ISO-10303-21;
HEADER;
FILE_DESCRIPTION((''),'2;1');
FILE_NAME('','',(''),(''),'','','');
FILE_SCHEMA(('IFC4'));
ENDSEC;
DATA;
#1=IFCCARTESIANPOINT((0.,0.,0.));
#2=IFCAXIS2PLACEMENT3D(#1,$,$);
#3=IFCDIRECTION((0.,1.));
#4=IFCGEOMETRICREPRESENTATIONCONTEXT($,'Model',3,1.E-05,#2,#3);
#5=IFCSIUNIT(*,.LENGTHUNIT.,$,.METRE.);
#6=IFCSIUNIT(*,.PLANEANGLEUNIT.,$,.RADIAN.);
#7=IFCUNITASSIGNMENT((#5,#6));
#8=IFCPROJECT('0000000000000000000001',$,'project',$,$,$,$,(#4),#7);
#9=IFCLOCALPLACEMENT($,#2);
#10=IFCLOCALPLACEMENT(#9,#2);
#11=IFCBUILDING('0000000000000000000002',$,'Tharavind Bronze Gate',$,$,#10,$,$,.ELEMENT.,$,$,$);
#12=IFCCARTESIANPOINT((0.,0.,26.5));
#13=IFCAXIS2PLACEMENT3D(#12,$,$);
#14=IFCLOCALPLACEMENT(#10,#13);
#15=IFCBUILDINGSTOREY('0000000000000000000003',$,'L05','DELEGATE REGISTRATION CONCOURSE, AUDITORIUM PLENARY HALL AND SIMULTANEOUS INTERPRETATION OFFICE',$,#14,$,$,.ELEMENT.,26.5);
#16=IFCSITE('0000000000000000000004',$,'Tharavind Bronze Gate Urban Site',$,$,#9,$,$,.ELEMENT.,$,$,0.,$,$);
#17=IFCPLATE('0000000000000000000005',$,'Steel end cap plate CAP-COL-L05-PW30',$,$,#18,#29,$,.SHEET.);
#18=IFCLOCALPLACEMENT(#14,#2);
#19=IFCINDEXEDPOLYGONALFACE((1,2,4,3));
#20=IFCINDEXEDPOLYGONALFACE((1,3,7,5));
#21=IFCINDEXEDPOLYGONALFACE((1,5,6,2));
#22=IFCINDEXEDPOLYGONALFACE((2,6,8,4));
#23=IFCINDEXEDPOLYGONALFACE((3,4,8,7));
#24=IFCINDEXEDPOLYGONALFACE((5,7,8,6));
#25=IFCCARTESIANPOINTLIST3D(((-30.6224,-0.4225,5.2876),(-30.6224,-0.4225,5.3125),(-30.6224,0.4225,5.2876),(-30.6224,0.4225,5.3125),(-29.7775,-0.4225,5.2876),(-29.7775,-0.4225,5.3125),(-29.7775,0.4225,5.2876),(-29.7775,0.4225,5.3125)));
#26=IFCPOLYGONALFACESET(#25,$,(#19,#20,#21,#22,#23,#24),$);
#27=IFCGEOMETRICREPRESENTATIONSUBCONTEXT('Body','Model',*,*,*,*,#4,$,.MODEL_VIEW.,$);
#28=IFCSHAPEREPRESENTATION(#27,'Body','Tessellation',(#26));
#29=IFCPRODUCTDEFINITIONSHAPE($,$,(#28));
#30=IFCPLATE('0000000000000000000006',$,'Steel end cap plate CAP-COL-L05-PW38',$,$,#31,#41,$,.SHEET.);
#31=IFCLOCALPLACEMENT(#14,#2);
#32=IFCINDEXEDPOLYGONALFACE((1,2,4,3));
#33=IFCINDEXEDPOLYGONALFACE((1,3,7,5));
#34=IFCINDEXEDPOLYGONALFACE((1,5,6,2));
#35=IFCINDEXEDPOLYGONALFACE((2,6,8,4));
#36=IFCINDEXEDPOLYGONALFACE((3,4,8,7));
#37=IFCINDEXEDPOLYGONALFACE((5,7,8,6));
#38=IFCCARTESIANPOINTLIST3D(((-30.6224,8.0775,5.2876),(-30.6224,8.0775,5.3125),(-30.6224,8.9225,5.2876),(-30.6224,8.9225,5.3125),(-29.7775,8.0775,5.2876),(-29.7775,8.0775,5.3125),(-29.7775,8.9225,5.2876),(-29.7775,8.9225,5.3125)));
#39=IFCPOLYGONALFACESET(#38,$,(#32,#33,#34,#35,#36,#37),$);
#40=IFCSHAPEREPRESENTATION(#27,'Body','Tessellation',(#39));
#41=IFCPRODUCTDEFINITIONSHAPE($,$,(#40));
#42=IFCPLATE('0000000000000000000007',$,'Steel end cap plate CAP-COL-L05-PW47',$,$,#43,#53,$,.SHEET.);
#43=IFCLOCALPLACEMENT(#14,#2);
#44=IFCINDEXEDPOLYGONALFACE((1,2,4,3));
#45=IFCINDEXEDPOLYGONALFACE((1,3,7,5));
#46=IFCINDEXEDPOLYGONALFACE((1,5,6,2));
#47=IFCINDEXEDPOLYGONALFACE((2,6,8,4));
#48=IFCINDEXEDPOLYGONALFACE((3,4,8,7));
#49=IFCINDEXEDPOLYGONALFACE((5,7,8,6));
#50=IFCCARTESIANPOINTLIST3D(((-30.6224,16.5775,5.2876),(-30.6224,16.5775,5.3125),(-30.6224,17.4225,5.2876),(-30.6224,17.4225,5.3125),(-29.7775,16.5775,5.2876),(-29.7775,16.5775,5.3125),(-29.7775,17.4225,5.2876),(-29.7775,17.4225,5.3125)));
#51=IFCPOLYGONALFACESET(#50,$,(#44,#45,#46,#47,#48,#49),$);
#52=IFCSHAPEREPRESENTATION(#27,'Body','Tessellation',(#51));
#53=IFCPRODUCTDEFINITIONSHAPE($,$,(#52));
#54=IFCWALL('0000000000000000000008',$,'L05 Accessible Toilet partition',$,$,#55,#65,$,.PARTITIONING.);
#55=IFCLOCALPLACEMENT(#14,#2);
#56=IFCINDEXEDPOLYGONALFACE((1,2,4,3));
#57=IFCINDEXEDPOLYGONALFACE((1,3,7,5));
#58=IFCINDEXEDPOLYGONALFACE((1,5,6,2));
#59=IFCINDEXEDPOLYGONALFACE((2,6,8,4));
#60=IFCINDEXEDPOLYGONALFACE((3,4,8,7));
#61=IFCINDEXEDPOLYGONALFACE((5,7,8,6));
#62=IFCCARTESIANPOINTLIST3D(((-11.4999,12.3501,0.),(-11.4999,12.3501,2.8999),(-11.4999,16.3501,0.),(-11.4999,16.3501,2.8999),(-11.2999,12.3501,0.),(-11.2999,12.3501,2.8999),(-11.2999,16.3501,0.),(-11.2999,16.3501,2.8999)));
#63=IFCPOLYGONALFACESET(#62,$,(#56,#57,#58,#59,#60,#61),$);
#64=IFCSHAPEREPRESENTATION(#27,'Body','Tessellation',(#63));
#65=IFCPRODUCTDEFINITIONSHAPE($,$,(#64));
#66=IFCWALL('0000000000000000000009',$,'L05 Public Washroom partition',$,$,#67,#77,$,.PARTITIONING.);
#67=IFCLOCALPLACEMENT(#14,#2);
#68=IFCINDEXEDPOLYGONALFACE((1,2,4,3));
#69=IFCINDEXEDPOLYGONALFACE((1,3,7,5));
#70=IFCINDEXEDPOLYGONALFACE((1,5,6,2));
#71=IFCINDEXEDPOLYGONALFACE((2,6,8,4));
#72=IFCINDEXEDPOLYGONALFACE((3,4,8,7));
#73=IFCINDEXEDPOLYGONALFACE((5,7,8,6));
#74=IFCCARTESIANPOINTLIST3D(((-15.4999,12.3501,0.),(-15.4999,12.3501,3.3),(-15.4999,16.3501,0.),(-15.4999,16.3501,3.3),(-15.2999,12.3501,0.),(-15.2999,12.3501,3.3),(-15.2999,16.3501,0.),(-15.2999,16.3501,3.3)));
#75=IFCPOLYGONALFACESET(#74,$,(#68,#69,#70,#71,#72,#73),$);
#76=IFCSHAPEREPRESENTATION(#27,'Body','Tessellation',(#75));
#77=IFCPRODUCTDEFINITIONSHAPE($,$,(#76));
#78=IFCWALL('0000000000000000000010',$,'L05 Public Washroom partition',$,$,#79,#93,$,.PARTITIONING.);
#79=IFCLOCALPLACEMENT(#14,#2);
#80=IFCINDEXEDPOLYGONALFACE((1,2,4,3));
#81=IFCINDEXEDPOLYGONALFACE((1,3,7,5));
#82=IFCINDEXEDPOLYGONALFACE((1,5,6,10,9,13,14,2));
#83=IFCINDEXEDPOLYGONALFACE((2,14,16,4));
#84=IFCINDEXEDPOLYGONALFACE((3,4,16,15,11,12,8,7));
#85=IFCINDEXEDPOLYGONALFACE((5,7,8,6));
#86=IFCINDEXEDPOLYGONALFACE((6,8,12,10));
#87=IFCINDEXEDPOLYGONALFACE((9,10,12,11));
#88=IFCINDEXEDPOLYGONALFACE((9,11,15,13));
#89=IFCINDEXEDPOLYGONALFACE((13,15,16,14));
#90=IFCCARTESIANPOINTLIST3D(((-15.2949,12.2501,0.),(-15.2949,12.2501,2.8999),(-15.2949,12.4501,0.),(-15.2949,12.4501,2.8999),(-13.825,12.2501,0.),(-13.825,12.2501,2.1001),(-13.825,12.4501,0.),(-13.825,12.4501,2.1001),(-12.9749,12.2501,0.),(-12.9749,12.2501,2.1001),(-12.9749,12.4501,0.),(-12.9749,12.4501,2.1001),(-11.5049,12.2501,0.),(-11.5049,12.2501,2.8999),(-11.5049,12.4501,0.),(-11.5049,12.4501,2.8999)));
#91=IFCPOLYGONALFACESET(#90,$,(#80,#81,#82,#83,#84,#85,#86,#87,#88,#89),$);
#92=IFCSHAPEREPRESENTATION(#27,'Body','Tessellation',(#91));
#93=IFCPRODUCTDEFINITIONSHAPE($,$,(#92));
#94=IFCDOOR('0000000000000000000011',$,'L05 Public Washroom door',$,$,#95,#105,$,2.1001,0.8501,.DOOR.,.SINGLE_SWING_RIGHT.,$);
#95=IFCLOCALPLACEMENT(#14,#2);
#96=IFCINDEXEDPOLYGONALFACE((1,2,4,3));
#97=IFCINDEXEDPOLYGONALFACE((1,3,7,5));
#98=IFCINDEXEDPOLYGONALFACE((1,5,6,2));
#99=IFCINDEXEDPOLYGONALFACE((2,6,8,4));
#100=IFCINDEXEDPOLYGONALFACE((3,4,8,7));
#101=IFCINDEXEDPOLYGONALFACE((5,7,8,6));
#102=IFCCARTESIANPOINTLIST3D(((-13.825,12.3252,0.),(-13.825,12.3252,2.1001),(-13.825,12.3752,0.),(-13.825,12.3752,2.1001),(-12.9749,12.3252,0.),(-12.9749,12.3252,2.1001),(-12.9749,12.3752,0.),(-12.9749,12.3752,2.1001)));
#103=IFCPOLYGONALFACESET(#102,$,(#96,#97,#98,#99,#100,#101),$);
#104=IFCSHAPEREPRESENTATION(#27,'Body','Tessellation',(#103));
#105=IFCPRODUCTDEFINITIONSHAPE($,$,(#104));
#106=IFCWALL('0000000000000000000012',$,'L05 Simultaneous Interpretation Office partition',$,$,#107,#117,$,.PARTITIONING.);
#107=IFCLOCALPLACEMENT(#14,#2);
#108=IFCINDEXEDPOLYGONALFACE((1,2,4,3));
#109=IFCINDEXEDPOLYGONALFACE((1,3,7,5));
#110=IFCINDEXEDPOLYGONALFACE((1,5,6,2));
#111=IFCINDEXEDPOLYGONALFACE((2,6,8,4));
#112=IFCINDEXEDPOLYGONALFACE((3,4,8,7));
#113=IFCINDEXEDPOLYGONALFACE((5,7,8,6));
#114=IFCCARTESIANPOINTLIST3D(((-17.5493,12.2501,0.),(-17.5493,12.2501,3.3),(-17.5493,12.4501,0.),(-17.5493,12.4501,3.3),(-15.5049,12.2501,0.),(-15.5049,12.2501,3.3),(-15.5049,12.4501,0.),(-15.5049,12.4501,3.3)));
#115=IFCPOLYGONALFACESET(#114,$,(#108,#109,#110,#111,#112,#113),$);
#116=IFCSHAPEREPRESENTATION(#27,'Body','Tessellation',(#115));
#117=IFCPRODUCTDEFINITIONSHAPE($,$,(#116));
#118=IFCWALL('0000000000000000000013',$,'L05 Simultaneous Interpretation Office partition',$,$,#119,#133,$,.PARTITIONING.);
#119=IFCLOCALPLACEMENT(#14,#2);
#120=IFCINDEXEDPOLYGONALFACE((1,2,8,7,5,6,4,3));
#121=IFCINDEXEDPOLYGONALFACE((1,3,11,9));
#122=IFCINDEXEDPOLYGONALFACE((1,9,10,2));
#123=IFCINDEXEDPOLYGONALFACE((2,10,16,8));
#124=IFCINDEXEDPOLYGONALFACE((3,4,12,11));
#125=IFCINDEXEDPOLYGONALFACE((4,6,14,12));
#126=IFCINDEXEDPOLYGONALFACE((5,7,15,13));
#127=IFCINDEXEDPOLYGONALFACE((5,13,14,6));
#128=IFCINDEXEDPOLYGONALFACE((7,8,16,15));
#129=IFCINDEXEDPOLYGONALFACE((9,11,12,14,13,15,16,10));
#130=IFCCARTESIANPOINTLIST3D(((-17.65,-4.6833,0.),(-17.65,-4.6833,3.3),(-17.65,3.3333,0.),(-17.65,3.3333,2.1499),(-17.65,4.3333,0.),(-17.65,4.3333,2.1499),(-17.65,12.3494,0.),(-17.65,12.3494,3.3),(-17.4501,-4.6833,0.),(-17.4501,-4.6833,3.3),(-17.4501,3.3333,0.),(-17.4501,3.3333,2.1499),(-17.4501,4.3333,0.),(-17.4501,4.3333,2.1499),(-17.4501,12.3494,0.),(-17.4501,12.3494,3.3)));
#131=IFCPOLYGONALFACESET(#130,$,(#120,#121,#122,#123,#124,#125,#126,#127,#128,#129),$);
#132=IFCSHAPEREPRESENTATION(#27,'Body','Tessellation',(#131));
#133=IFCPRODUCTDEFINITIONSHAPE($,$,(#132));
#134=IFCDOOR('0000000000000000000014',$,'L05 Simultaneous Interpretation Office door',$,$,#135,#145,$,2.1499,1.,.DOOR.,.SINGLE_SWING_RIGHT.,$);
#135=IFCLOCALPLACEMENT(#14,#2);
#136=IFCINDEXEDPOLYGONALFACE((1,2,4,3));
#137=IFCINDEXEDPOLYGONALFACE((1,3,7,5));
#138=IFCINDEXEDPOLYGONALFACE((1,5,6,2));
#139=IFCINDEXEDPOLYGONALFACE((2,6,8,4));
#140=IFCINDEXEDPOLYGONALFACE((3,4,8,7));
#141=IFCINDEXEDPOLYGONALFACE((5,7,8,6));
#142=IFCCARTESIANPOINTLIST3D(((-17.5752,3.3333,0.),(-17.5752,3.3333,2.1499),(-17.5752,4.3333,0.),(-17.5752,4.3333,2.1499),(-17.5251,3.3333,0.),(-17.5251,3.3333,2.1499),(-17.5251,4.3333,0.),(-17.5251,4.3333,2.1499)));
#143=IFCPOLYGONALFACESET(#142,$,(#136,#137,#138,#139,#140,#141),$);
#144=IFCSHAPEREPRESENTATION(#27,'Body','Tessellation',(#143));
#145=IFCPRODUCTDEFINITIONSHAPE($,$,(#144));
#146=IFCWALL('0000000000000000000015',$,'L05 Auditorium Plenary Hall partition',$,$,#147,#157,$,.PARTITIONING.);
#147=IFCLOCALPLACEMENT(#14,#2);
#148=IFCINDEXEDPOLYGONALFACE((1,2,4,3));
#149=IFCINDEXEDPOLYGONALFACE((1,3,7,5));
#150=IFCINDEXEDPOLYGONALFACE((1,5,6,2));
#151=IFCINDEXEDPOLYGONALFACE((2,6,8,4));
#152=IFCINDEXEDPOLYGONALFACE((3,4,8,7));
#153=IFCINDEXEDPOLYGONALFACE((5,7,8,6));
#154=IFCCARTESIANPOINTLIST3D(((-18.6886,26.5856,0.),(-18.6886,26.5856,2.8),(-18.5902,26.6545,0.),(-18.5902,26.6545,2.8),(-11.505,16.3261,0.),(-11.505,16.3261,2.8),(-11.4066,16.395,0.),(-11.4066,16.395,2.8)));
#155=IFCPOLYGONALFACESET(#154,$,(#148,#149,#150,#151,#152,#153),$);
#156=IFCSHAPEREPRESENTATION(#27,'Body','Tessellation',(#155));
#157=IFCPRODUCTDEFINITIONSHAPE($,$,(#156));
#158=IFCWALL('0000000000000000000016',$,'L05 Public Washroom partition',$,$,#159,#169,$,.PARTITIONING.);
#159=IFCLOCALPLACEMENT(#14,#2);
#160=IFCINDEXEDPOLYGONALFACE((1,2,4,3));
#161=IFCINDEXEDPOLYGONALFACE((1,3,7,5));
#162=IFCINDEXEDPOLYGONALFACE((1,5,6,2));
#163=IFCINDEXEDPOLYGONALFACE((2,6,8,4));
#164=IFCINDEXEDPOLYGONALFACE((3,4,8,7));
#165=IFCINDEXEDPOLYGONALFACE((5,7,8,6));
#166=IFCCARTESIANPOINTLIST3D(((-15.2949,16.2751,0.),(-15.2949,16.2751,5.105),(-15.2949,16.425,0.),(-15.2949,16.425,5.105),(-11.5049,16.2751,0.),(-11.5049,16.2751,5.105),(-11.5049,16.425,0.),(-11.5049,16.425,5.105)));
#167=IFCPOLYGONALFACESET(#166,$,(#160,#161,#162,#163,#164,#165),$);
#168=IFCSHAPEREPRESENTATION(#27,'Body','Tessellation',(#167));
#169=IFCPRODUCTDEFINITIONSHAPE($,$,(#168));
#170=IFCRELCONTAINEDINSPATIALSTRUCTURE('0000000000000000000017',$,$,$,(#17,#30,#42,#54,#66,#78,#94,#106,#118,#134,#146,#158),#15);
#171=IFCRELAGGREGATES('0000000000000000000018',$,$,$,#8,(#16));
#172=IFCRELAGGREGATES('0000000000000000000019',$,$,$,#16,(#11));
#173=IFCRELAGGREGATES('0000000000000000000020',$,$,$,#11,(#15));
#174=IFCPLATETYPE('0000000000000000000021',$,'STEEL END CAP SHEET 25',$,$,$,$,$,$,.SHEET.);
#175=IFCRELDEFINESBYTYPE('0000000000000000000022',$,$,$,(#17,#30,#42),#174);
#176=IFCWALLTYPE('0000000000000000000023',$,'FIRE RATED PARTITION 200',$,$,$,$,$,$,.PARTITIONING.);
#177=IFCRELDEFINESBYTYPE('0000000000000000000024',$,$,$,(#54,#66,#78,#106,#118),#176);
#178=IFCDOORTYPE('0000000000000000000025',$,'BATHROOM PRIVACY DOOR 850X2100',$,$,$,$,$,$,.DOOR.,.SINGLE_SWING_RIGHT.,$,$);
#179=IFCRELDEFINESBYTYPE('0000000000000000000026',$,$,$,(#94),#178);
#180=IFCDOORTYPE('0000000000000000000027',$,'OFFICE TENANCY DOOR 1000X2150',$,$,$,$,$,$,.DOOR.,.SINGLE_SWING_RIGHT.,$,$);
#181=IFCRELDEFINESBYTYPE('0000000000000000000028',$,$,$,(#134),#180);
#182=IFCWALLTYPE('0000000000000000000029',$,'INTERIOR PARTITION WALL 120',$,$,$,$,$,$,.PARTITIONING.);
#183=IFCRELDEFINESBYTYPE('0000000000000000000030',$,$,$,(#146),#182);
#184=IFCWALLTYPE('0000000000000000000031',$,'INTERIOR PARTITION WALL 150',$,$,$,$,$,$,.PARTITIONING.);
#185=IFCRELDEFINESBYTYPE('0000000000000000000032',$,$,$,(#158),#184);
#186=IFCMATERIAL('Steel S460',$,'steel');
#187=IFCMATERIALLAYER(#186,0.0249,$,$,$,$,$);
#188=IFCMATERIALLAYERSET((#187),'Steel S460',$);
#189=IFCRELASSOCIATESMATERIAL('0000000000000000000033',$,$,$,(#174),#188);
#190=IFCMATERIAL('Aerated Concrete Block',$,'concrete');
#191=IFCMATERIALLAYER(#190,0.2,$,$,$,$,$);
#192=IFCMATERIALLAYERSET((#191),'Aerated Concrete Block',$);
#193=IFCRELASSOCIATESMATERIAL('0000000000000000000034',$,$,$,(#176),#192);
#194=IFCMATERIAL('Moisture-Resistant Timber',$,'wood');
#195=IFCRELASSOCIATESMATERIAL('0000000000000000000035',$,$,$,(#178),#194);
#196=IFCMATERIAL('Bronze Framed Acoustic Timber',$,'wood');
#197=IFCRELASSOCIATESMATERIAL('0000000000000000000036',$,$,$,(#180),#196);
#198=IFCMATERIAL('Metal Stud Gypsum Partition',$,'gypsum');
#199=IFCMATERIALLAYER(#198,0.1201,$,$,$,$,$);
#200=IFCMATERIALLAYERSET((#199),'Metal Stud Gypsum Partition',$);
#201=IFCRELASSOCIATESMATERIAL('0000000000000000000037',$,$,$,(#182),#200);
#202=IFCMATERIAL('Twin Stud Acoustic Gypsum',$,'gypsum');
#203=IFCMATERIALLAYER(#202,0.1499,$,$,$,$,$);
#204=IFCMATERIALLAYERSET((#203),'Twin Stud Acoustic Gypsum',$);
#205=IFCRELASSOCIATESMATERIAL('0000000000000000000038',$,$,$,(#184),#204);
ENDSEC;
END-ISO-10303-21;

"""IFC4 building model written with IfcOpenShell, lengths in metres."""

from ifc_helpers import new_model, si_unit, direction, frame, frame_2d, origin, origin_2d, place, context, subcontext, project, spatial, rectangle, extrude, material, layer, layer_set, type_object, element, fill, save


model = new_model("IFC4")

# Units and contexts
model_context = context("Model", 3, precision=1e-05, world=origin(), true_north=direction((0.0, 1.0)))
body_context = subcontext(model_context, "Body", "Model", "MODEL_VIEW")
ifc_project = project(units=[si_unit("LENGTHUNIT", "METRE"), si_unit("PLANEANGLEUNIT", "RADIAN")], contexts=[model_context])

# Site, building, storey
site_placement = place(None, origin())
site = spatial("IfcSite", under=ifc_project, at=site_placement, Name="Tharavind Bronze Gate Urban Site", CompositionType="ELEMENT", RefElevation=0.0)
building_placement = place(site_placement, origin())
building = spatial("IfcBuilding", under=site, at=building_placement, Name="Tharavind Bronze Gate", CompositionType="ELEMENT")
storey_placement = place(building_placement, frame((0.0, 0.0, 26.5)))
storey = spatial("IfcBuildingStorey", under=building, at=storey_placement, Name="L05", Description="DELEGATE REGISTRATION CONCOURSE, AUDITORIUM PLENARY HALL AND SIMULTANEOUS INTERPRETATION OFFICE", CompositionType="ELEMENT", Elevation=26.5)

# Shared definitions
ifc_material_1 = material(Name="Steel S460", Category="steel")

# Plates
ifc_layer_1 = layer(ifc_material_1, 0.0249)
ifc_layer_set_1 = layer_set([ifc_layer_1], Name="Steel S460")
plate_type = type_object("IfcPlateType", Name="STEEL END CAP SHEET 25", PredefinedType="SHEET", material=ifc_layer_set_1)
for number, where, z_axis, x_axis, name in (
    (1, (-30.2, 0.0, 5.2876), (0.0, 0.0, 1.0), (1.0, 0.0, 0.0), "Steel end cap plate CAP-COL-L05-PW30"),
    (2, (-30.2, 8.5, 5.2876), (0.0, 0.0, 1.0), (1.0, 0.0, 0.0), "Steel end cap plate CAP-COL-L05-PW38"),
    (3, (-30.2, 17.0, 5.2876), (0.0, 0.0, 1.0), (1.0, 0.0, 0.0), "Steel end cap plate CAP-COL-L05-PW47"),
):
    element("IfcPlate", number, at=place(storey_placement, frame(where, z_axis=z_axis, x_axis=x_axis)), inside=storey, type_object=plate_type, Name=name, PredefinedType="SHEET", context=body_context, shape_type="SweptSolid", body=[
        extrude(rectangle(XDim=0.845, YDim=0.845, at=origin_2d()), origin(), (0.0, 0.0, 1.0), 0.0249),
    ])

# Walls
ifc_material_2 = material(Name="Aerated Concrete Block", Category="concrete")
ifc_layer_2 = layer(ifc_material_2, 0.2)
ifc_layer_set_2 = layer_set([ifc_layer_2], Name="Aerated Concrete Block")
wall_type_1 = type_object("IfcWallType", Name="FIRE RATED PARTITION 200", PredefinedType="PARTITIONING", material=ifc_layer_set_2)
wall_1_placement = place(storey_placement, frame((-11.3999, 12.3501, 0.0), z_axis=(0.0, 0.0, 1.0), x_axis=(0.0, 1.0, 0.0)))
element("IfcWall", 4, at=wall_1_placement, inside=storey, type_object=wall_type_1, Name="L05 Accessible Toilet partition", PredefinedType="PARTITIONING", context=body_context, shape_type="SweptSolid", body=[
    extrude(rectangle(XDim=4.0, YDim=0.2, at=frame_2d((2.0, 0.0))), origin(), (0.0, 0.0, 1.0), 2.8999),
])
wall_2_placement = place(storey_placement, frame((-15.3999, 12.3501, 0.0), z_axis=(0.0, 0.0, 1.0), x_axis=(0.0, 1.0, 0.0)))
element("IfcWall", 5, at=wall_2_placement, inside=storey, type_object=wall_type_1, Name="L05 Public Washroom partition", PredefinedType="PARTITIONING", context=body_context, shape_type="SweptSolid", body=[
    extrude(rectangle(XDim=4.0, YDim=0.2, at=frame_2d((2.0, 0.0))), origin(), (0.0, 0.0, 1.0), 3.3),
])

# Wall, opening, door
wall_3_placement = place(storey_placement, frame((-11.5049, 12.3501, 0.0), z_axis=(0.0, 0.0, 1.0), x_axis=(-1.0, 0.0, 0.0)))
wall_3 = element("IfcWall", 6, at=wall_3_placement, inside=storey, type_object=wall_type_1, Name="L05 Public Washroom partition", PredefinedType="PARTITIONING", context=body_context, shape_type="SweptSolid", body=[
    extrude(rectangle(XDim=3.79, YDim=0.2, at=frame_2d((1.895, 0.0))), origin(), (0.0, 0.0, 1.0), 2.8999),
])
opening_1_placement = place(wall_3_placement, frame((1.47, 0.0, 0.0)))
opening_1 = element("IfcOpeningElement", 7, at=opening_1_placement, cuts=wall_3, PredefinedType="OPENING", context=body_context, shape_type="SweptSolid", body=[
    extrude(rectangle(XDim=0.8501, YDim=2.1001, at=frame_2d((0.425, 1.05))), frame((0.0, 0.1101, 0.0), z_axis=(0.0, -1.0, 0.0), x_axis=(1.0, 0.0, 0.0)), (0.0, 0.0, 1.0), 0.22),
])
ifc_material_3 = material(Name="Moisture-Resistant Timber", Category="wood")
door_type_1 = type_object("IfcDoorType", Name="BATHROOM PRIVACY DOOR 850X2100", OperationType="SINGLE_SWING_RIGHT", PredefinedType="DOOR", material=ifc_material_3)
door_1_placement = place(opening_1_placement, origin())
door_1 = element("IfcDoor", 8, at=door_1_placement, inside=storey, type_object=door_type_1, Name="L05 Public Washroom door", OperationType="SINGLE_SWING_RIGHT", OverallHeight=2.1001, OverallWidth=0.8501, PredefinedType="DOOR", context=body_context, shape_type="SweptSolid", body=[
    extrude(rectangle(XDim=0.8501, YDim=2.1001, at=frame_2d((0.425, 1.05))), frame((0.0, 0.0249, 0.0), z_axis=(0.0, -1.0, 0.0), x_axis=(1.0, 0.0, 0.0)), (0.0, 0.0, 1.0), 0.05),
])
fill(opening_1, door_1)

# Wall
wall_4_placement = place(storey_placement, frame((-15.5049, 12.3501, 0.0), z_axis=(0.0, 0.0, 1.0), x_axis=(-1.0, 0.0, 0.0)))
element("IfcWall", 9, at=wall_4_placement, inside=storey, type_object=wall_type_1, Name="L05 Simultaneous Interpretation Office partition", PredefinedType="PARTITIONING", context=body_context, shape_type="SweptSolid", body=[
    extrude(rectangle(XDim=2.0444, YDim=0.2, at=frame_2d((1.0222, 0.0))), origin(), (0.0, 0.0, 1.0), 3.3),
])

# Wall, opening, door
wall_5_placement = place(storey_placement, frame((-17.55, 12.3494, 0.0), z_axis=(0.0, 0.0, 1.0), x_axis=(0.0, -1.0, 0.0)))
wall_5 = element("IfcWall", 10, at=wall_5_placement, inside=storey, type_object=wall_type_1, Name="L05 Simultaneous Interpretation Office partition", PredefinedType="PARTITIONING", context=body_context, shape_type="SweptSolid", body=[
    extrude(rectangle(XDim=17.0327, YDim=0.2, at=frame_2d((8.5164, 0.0))), origin(), (0.0, 0.0, 1.0), 3.3),
])
opening_2_placement = place(wall_5_placement, frame((8.0161, 0.0, 0.0)))
opening_2 = element("IfcOpeningElement", 11, at=opening_2_placement, cuts=wall_5, PredefinedType="OPENING", context=body_context, shape_type="SweptSolid", body=[
    extrude(rectangle(XDim=1.0, YDim=2.1499, at=frame_2d((0.5, 1.075))), frame((0.0, 0.1101, 0.0), z_axis=(0.0, -1.0, 0.0), x_axis=(1.0, 0.0, 0.0)), (0.0, 0.0, 1.0), 0.22),
])
ifc_material_4 = material(Name="Bronze Framed Acoustic Timber", Category="wood")
door_type_2 = type_object("IfcDoorType", Name="OFFICE TENANCY DOOR 1000X2150", OperationType="SINGLE_SWING_RIGHT", PredefinedType="DOOR", material=ifc_material_4)
door_2_placement = place(opening_2_placement, origin())
door_2 = element("IfcDoor", 12, at=door_2_placement, inside=storey, type_object=door_type_2, Name="L05 Simultaneous Interpretation Office door", OperationType="SINGLE_SWING_RIGHT", OverallHeight=2.1499, OverallWidth=1.0, PredefinedType="DOOR", context=body_context, shape_type="SweptSolid", body=[
    extrude(rectangle(XDim=1.0, YDim=2.1499, at=frame_2d((0.5, 1.075))), frame((0.0, 0.0249, 0.0), z_axis=(0.0, -1.0, 0.0), x_axis=(1.0, 0.0, 0.0)), (0.0, 0.0, 1.0), 0.05),
])
fill(opening_2, door_2)

# Walls
ifc_material_5 = material(Name="Metal Stud Gypsum Partition", Category="gypsum")
ifc_layer_3 = layer(ifc_material_5, 0.1201)
ifc_layer_set_3 = layer_set([ifc_layer_3], Name="Metal Stud Gypsum Partition")
wall_type_2 = type_object("IfcWallType", Name="INTERIOR PARTITION WALL 120", PredefinedType="PARTITIONING", material=ifc_layer_set_3)
wall_6_placement = place(storey_placement, frame((-11.4558, 16.3606, 0.0), z_axis=(0.0, 0.0, 1.0), x_axis=(-0.573566, 0.81916, 0.0)))
element("IfcWall", 13, at=wall_6_placement, inside=storey, type_object=wall_type_2, Name="L05 Auditorium Plenary Hall partition", PredefinedType="PARTITIONING", context=body_context, shape_type="SweptSolid", body=[
    extrude(rectangle(XDim=12.5244, YDim=0.1201, at=frame_2d((6.2622, 0.0))), origin(), (0.0, 0.0, 1.0), 2.8),
])
ifc_material_6 = material(Name="Twin Stud Acoustic Gypsum", Category="gypsum")
ifc_layer_4 = layer(ifc_material_6, 0.1499)
ifc_layer_set_4 = layer_set([ifc_layer_4], Name="Twin Stud Acoustic Gypsum")
wall_type_3 = type_object("IfcWallType", Name="INTERIOR PARTITION WALL 150", PredefinedType="PARTITIONING", material=ifc_layer_set_4)
wall_7_placement = place(storey_placement, frame((-15.2949, 16.3501, 0.0), z_axis=(0.0, 0.0, 1.0), x_axis=(1.0, 0.0, 0.0)))
element("IfcWall", 14, at=wall_7_placement, inside=storey, type_object=wall_type_3, Name="L05 Public Washroom partition", PredefinedType="PARTITIONING", context=body_context, shape_type="SweptSolid", body=[
    extrude(rectangle(XDim=3.79, YDim=0.1499, at=frame_2d((1.895, 0.0))), origin(), (0.0, 0.0, 1.0), 5.105),
])

save(model, "model.ifc")
